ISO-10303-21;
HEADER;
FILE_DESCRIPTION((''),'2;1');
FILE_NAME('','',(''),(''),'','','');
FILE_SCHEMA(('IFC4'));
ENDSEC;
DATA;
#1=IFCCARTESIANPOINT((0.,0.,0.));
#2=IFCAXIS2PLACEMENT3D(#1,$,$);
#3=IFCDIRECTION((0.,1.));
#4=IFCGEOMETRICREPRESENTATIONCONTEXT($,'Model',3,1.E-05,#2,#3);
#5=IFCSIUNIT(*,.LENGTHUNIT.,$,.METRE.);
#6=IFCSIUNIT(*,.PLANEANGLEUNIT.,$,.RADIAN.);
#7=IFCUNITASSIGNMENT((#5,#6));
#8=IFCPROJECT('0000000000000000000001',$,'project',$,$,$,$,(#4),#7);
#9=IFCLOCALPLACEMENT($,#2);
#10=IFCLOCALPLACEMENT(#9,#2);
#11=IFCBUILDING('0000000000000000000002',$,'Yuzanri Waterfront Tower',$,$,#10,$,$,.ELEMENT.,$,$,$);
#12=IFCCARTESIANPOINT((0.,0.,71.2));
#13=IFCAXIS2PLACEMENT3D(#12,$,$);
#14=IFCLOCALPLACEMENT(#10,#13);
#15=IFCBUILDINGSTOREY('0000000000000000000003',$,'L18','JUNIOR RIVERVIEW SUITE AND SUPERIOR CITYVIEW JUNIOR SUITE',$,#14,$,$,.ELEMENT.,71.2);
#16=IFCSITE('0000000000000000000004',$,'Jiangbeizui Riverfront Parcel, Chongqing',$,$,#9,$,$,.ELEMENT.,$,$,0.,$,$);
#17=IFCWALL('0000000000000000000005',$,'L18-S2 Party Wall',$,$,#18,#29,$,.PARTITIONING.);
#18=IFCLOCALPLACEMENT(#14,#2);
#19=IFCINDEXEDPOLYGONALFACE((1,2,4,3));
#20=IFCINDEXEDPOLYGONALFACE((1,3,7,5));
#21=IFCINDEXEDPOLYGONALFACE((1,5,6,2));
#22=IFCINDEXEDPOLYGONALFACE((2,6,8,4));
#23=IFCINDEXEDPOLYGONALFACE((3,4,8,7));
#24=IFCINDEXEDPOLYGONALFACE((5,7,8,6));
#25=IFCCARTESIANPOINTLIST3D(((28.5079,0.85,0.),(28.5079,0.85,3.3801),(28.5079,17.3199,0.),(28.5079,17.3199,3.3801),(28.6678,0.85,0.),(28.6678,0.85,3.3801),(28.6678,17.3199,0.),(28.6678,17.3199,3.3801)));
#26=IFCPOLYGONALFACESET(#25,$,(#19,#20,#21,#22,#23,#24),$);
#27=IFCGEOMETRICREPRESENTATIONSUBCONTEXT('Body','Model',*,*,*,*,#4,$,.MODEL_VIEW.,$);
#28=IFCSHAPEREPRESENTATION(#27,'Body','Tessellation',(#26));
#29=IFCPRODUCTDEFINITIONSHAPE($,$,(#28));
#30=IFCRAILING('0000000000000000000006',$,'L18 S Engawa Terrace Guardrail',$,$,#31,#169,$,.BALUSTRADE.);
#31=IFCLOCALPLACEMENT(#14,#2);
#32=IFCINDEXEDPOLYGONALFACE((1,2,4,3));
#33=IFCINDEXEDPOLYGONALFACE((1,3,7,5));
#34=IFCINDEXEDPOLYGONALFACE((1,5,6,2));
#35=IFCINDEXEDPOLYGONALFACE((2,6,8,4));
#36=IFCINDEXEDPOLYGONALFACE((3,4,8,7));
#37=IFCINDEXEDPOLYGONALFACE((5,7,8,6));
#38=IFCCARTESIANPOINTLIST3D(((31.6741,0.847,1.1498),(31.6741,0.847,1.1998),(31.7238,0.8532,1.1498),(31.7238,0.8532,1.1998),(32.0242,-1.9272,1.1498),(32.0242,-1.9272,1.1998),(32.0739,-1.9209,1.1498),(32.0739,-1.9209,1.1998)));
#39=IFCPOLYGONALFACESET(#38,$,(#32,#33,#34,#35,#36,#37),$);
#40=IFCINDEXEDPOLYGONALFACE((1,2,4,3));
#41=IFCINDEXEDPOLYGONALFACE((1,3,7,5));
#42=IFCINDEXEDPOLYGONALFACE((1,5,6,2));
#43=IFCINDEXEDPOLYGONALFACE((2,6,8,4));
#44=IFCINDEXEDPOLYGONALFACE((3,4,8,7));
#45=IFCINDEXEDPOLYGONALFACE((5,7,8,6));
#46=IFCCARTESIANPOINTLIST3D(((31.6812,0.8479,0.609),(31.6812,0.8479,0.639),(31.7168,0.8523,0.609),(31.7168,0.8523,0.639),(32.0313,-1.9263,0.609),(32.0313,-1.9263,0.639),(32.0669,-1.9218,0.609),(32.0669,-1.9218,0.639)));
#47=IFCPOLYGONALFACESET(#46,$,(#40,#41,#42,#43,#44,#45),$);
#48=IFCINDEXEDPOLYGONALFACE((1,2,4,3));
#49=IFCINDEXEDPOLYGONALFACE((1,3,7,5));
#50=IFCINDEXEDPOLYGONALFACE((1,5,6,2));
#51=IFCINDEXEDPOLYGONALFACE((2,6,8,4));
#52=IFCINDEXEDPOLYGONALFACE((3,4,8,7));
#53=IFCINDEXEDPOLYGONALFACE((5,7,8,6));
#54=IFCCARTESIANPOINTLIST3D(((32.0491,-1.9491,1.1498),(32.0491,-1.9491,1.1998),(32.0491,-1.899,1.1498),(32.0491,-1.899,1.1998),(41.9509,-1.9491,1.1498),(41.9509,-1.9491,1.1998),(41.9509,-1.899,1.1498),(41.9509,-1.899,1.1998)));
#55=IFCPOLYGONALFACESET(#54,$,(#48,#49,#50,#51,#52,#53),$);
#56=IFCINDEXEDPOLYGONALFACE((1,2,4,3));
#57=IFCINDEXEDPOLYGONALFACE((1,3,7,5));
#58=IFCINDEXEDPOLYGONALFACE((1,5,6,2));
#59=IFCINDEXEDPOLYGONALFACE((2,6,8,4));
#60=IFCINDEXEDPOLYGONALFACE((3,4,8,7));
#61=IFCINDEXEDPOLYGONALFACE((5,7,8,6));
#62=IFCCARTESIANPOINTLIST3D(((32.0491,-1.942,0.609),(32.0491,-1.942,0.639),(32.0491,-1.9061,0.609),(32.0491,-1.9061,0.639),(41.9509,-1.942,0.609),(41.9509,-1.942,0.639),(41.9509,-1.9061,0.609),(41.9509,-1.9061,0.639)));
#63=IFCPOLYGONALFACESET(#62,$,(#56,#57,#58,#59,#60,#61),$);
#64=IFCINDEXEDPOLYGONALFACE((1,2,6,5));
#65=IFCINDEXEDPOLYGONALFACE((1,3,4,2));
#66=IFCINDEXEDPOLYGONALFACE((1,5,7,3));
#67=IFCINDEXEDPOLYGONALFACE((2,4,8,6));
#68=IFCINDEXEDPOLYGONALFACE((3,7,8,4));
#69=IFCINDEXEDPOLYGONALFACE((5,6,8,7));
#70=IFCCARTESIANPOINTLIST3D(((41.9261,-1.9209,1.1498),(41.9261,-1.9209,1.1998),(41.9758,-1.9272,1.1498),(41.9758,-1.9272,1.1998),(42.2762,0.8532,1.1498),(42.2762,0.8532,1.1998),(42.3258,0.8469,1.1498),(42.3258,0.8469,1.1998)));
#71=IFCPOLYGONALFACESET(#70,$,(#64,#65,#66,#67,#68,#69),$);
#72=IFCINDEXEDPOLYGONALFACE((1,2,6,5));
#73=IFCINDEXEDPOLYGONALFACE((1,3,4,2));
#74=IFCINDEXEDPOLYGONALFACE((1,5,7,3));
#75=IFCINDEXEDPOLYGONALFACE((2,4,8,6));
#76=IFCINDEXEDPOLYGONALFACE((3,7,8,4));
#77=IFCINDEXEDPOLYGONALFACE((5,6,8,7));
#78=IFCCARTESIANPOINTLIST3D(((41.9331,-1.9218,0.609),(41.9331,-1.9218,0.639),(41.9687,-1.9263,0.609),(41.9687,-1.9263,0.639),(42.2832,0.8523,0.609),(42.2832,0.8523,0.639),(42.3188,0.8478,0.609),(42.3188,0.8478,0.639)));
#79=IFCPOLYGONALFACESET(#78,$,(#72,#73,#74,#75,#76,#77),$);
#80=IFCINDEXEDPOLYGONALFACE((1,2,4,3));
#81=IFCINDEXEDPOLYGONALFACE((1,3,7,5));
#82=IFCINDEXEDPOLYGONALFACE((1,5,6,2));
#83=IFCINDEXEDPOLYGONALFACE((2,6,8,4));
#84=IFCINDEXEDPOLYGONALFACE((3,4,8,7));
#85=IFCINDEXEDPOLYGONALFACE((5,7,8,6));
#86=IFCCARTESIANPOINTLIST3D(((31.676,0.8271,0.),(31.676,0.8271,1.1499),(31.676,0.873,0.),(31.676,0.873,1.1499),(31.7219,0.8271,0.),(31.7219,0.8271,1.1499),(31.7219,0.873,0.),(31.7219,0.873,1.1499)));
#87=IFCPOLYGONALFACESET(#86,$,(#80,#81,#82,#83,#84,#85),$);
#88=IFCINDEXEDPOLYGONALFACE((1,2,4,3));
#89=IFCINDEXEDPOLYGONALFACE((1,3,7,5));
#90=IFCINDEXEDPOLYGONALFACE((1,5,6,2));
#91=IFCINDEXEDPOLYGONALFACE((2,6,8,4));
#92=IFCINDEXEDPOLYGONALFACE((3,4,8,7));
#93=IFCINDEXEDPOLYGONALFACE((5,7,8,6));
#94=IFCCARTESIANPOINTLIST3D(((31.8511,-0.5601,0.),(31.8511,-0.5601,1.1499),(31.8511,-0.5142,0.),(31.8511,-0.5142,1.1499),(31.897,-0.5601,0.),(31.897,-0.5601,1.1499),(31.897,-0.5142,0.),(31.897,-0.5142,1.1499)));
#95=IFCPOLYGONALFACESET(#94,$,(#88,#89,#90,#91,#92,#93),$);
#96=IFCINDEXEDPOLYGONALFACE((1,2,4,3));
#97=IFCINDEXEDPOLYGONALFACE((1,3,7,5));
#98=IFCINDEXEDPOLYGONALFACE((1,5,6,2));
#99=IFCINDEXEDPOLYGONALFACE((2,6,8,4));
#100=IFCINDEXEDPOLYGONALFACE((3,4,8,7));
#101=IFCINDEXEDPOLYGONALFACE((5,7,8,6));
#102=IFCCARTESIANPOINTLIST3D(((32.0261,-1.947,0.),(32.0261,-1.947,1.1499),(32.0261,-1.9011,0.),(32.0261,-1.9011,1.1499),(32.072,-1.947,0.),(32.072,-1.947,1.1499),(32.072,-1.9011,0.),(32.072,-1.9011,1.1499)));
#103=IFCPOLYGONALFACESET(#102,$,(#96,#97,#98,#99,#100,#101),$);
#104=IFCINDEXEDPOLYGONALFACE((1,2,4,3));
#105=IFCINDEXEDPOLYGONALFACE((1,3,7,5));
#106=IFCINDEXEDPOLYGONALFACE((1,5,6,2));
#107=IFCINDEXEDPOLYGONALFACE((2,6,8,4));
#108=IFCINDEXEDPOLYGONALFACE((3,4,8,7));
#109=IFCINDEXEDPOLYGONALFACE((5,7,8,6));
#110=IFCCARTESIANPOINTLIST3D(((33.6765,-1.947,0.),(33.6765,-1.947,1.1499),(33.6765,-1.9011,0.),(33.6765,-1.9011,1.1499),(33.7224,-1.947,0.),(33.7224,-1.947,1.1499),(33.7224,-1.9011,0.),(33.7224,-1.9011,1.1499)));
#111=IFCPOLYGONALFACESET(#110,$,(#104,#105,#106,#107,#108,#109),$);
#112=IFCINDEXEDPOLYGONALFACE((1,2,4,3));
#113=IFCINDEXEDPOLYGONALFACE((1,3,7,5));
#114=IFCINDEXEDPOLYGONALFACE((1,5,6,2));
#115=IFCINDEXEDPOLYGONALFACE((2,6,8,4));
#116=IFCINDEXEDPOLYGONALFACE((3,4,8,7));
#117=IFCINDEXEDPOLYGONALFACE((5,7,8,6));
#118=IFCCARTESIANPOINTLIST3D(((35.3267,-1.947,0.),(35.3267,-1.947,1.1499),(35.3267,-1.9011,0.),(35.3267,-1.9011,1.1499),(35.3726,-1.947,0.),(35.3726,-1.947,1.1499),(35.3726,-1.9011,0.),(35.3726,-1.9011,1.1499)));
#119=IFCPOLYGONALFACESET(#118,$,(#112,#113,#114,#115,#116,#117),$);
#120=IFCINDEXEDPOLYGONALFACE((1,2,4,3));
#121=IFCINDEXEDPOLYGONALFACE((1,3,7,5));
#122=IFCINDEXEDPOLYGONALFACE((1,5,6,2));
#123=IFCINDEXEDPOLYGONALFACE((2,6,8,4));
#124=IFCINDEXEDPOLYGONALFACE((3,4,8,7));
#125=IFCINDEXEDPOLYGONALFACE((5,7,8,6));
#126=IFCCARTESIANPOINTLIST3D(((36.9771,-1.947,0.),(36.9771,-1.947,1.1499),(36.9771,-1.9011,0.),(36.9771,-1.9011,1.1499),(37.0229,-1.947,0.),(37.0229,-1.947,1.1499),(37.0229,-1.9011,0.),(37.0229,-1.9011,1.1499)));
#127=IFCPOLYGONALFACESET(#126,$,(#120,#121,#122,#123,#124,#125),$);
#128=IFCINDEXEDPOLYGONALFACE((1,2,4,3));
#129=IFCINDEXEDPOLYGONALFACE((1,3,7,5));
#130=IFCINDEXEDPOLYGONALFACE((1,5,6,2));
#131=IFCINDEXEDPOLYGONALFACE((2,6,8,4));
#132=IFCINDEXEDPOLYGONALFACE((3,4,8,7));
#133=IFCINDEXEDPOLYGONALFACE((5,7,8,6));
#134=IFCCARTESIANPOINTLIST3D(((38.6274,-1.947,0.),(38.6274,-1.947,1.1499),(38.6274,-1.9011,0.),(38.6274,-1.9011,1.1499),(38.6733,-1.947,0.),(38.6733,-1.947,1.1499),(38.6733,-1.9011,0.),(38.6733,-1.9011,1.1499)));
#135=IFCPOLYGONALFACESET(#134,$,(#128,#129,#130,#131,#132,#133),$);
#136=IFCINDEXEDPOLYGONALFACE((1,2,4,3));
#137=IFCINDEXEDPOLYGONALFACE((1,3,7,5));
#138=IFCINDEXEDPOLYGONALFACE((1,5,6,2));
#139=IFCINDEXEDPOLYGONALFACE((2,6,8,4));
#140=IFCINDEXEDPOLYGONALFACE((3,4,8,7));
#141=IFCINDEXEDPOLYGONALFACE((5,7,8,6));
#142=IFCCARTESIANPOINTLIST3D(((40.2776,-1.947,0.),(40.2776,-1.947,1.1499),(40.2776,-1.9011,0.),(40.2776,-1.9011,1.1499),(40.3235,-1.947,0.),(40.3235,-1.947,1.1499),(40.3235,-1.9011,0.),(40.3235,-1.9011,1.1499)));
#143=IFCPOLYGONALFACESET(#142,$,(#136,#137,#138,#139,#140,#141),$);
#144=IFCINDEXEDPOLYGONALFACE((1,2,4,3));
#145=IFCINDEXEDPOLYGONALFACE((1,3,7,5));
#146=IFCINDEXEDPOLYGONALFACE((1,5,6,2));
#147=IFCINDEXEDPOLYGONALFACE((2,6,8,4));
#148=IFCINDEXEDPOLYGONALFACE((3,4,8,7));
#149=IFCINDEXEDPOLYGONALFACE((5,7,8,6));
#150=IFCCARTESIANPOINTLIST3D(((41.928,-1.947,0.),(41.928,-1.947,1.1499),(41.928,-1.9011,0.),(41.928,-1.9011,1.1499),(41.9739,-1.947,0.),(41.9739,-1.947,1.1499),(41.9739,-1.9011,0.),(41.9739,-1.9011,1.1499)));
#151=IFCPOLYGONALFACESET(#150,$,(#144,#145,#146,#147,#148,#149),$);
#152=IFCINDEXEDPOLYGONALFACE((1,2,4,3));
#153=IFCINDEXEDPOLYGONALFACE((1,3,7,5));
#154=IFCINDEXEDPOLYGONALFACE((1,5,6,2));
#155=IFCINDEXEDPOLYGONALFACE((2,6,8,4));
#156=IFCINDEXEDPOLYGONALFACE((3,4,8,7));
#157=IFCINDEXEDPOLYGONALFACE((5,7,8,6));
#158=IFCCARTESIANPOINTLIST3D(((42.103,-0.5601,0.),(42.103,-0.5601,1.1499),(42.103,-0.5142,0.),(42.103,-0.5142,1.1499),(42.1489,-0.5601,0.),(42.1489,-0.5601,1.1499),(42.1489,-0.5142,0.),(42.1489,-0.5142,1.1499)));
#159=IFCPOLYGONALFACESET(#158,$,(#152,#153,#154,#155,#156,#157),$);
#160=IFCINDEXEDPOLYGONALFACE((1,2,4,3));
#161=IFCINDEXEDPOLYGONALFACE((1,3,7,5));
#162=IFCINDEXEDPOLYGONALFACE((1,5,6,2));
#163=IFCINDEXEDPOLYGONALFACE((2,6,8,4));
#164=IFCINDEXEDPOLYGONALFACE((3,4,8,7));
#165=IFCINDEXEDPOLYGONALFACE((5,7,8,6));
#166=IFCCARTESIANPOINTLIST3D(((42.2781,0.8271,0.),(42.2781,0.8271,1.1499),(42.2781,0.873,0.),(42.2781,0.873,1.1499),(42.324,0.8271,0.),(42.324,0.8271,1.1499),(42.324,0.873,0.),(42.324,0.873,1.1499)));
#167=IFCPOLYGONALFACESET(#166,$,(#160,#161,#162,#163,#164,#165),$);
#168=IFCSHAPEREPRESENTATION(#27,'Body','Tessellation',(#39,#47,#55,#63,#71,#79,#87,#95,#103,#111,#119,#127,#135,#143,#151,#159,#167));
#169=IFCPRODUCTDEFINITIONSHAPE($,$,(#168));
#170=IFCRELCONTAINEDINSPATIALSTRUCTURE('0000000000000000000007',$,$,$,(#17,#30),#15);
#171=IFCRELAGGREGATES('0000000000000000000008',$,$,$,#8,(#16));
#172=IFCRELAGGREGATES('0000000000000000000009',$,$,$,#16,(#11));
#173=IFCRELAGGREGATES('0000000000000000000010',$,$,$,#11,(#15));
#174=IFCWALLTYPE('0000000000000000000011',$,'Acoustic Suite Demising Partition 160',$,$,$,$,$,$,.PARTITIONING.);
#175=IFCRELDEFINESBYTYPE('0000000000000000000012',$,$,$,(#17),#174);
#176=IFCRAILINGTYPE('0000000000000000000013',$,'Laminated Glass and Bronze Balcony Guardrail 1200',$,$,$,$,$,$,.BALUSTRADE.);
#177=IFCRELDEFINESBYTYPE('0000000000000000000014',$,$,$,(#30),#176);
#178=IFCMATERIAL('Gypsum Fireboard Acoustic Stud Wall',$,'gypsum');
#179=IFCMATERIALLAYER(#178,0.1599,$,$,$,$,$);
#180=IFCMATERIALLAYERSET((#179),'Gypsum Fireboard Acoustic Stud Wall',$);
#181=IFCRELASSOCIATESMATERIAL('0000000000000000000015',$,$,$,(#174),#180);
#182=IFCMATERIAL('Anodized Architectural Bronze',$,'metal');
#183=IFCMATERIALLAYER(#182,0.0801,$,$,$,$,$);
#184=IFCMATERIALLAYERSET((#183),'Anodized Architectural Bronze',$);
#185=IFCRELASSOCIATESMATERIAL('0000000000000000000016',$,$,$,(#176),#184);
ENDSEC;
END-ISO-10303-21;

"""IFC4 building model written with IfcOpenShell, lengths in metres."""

from ifc_helpers import new_model, si_unit, direction, frame, frame_2d, origin, origin_2d, place, context, subcontext, project, spatial, rectangle, extrude, source, transform, mapped, material, layer, layer_set, type_object, element, save


model = new_model("IFC4")

# Units and contexts
model_context = context("Model", 3, precision=1e-05, world=origin(), true_north=direction((0.0, 1.0)))
body_context = subcontext(model_context, "Body", "Model", "MODEL_VIEW")
ifc_project = project(units=[si_unit("LENGTHUNIT", "METRE"), si_unit("PLANEANGLEUNIT", "RADIAN")], contexts=[model_context])

# Site, building, storey
site_placement = place(None, origin())
site = spatial("IfcSite", under=ifc_project, at=site_placement, Name="Jiangbeizui Riverfront Parcel, Chongqing", CompositionType="ELEMENT", RefElevation=0.0)
building_placement = place(site_placement, origin())
building = spatial("IfcBuilding", under=site, at=building_placement, Name="Yuzanri Waterfront Tower", CompositionType="ELEMENT")
storey_placement = place(building_placement, frame((0.0, 0.0, 71.2)))
storey = spatial("IfcBuildingStorey", under=building, at=storey_placement, Name="L18", Description="JUNIOR RIVERVIEW SUITE AND SUPERIOR CITYVIEW JUNIOR SUITE", CompositionType="ELEMENT", Elevation=71.2)

# Wall
ifc_material_1 = material(Name="Gypsum Fireboard Acoustic Stud Wall", Category="gypsum")
ifc_layer_1 = layer(ifc_material_1, 0.1599)
ifc_layer_set_1 = layer_set([ifc_layer_1], Name="Gypsum Fireboard Acoustic Stud Wall")
wall_type_1 = type_object("IfcWallType", Name="Acoustic Suite Demising Partition 160", PredefinedType="PARTITIONING", material=ifc_layer_set_1)
shared_shape_1 = source(origin(), body_context, "Body", "SweptSolid", [
    extrude(rectangle(XDim=16.47, YDim=0.1599, at=frame_2d((8.2349, 0.0))), origin(), (0.0, 0.0, 1.0), 3.3801),
])
for number, where, z_axis, x_axis, name in (
    (1, (28.5879, 0.8501, 0.0), (0.0, 0.0, 1.0), (0.0, 1.0, 0.0), "L18-S2 Party Wall"),
):
    element("IfcWall", number, at=place(storey_placement, frame(where, z_axis=z_axis, x_axis=x_axis)), inside=storey, type_object=wall_type_1, Name=name, PredefinedType="PARTITIONING", context=body_context, shape_type="MappedRepresentation", body=[
        mapped(shared_shape_1, transform((0.0, 0.0, 0.0), scale=1.0)),
    ])

# Railing
ifc_material_2 = material(Name="Anodized Architectural Bronze", Category="metal")
ifc_layer_2 = layer(ifc_material_2, 0.0801)
ifc_layer_set_2 = layer_set([ifc_layer_2], Name="Anodized Architectural Bronze")
railing_type = type_object("IfcRailingType", Name="Laminated Glass and Bronze Balcony Guardrail 1200", PredefinedType="BALUSTRADE", material=ifc_layer_set_2)
shared_shape_2 = source(origin(), body_context, "Body", "SweptSolid", [
    extrude(rectangle(XDim=0.05, YDim=0.05, at=origin_2d()), frame((0.0, 0.0, 1.1748), z_axis=(0.125206, -0.992131, 0.0), x_axis=(0.992131, 0.125206, 0.0)), (0.0, 0.0, 1.0), 2.7961),
    extrude(rectangle(XDim=0.0359, YDim=0.03, at=origin_2d()), frame((0.0, 0.0, 0.624), z_axis=(0.125206, -0.992131, 0.0), x_axis=(0.992131, 0.125206, 0.0)), (0.0, 0.0, 1.0), 2.7961),
    extrude(rectangle(XDim=0.05, YDim=0.05, at=origin_2d()), frame((0.3501, -2.7742, 1.1748), z_axis=(1.0, 0.0, 0.0), x_axis=(0.0, 1.0, 0.0)), (0.0, 0.0, 1.0), 9.9019),
    extrude(rectangle(XDim=0.0359, YDim=0.03, at=origin_2d()), frame((0.3501, -2.7742, 0.624), z_axis=(1.0, 0.0, 0.0), x_axis=(0.0, 1.0, 0.0)), (0.0, 0.0, 1.0), 9.9019),
    extrude(rectangle(XDim=0.05, YDim=0.05, at=origin_2d()), frame((10.252, -2.7742, 1.1748), z_axis=(0.125206, 0.992131, 0.0), x_axis=(-0.992131, 0.125206, 0.0)), (0.0, 0.0, 1.0), 2.7961),
    extrude(rectangle(XDim=0.0359, YDim=0.03, at=origin_2d()), frame((10.252, -2.7742, 0.624), z_axis=(0.125206, 0.992131, 0.0), x_axis=(-0.992131, 0.125206, 0.0)), (0.0, 0.0, 1.0), 2.7961),
    extrude(rectangle(XDim=0.0459, YDim=0.0459, at=origin_2d()), origin(), (0.0, 0.0, 1.0), 1.1499),
    extrude(rectangle(XDim=0.0459, YDim=0.0459, at=origin_2d()), frame((0.175, -1.3872, 0.0)), (0.0, 0.0, 1.0), 1.1499),
    extrude(rectangle(XDim=0.0459, YDim=0.0459, at=origin_2d()), frame((0.3501, -2.7742, 0.0)), (0.0, 0.0, 1.0), 1.1499),
    extrude(rectangle(XDim=0.0459, YDim=0.0459, at=origin_2d()), frame((2.0005, -2.7742, 0.0)), (0.0, 0.0, 1.0), 1.1499),
    extrude(rectangle(XDim=0.0459, YDim=0.0459, at=origin_2d()), frame((3.6506, -2.7742, 0.0)), (0.0, 0.0, 1.0), 1.1499),
    extrude(rectangle(XDim=0.0459, YDim=0.0459, at=origin_2d()), frame((5.301, -2.7742, 0.0)), (0.0, 0.0, 1.0), 1.1499),
    extrude(rectangle(XDim=0.0459, YDim=0.0459, at=origin_2d()), frame((6.9514, -2.7742, 0.0)), (0.0, 0.0, 1.0), 1.1499),
    extrude(rectangle(XDim=0.0459, YDim=0.0459, at=origin_2d()), frame((8.6016, -2.7742, 0.0)), (0.0, 0.0, 1.0), 1.1499),
    extrude(rectangle(XDim=0.0459, YDim=0.0459, at=origin_2d()), frame((10.252, -2.7742, 0.0)), (0.0, 0.0, 1.0), 1.1499),
    extrude(rectangle(XDim=0.0459, YDim=0.0459, at=origin_2d()), frame((10.427, -1.3872, 0.0)), (0.0, 0.0, 1.0), 1.1499),
    extrude(rectangle(XDim=0.0459, YDim=0.0459, at=origin_2d()), frame((10.6021, 0.0, 0.0)), (0.0, 0.0, 1.0), 1.1499),
])
railing_placement = place(storey_placement, frame((31.699, 0.8501, 0.0)))
element("IfcRailing", 2, at=railing_placement, inside=storey, type_object=railing_type, Name="L18 S Engawa Terrace Guardrail", PredefinedType="BALUSTRADE", context=body_context, shape_type="MappedRepresentation", body=[
    mapped(shared_shape_2, transform((0.0, 0.0, 0.0), scale=1.0)),
])

save(model, "model.ifc")
